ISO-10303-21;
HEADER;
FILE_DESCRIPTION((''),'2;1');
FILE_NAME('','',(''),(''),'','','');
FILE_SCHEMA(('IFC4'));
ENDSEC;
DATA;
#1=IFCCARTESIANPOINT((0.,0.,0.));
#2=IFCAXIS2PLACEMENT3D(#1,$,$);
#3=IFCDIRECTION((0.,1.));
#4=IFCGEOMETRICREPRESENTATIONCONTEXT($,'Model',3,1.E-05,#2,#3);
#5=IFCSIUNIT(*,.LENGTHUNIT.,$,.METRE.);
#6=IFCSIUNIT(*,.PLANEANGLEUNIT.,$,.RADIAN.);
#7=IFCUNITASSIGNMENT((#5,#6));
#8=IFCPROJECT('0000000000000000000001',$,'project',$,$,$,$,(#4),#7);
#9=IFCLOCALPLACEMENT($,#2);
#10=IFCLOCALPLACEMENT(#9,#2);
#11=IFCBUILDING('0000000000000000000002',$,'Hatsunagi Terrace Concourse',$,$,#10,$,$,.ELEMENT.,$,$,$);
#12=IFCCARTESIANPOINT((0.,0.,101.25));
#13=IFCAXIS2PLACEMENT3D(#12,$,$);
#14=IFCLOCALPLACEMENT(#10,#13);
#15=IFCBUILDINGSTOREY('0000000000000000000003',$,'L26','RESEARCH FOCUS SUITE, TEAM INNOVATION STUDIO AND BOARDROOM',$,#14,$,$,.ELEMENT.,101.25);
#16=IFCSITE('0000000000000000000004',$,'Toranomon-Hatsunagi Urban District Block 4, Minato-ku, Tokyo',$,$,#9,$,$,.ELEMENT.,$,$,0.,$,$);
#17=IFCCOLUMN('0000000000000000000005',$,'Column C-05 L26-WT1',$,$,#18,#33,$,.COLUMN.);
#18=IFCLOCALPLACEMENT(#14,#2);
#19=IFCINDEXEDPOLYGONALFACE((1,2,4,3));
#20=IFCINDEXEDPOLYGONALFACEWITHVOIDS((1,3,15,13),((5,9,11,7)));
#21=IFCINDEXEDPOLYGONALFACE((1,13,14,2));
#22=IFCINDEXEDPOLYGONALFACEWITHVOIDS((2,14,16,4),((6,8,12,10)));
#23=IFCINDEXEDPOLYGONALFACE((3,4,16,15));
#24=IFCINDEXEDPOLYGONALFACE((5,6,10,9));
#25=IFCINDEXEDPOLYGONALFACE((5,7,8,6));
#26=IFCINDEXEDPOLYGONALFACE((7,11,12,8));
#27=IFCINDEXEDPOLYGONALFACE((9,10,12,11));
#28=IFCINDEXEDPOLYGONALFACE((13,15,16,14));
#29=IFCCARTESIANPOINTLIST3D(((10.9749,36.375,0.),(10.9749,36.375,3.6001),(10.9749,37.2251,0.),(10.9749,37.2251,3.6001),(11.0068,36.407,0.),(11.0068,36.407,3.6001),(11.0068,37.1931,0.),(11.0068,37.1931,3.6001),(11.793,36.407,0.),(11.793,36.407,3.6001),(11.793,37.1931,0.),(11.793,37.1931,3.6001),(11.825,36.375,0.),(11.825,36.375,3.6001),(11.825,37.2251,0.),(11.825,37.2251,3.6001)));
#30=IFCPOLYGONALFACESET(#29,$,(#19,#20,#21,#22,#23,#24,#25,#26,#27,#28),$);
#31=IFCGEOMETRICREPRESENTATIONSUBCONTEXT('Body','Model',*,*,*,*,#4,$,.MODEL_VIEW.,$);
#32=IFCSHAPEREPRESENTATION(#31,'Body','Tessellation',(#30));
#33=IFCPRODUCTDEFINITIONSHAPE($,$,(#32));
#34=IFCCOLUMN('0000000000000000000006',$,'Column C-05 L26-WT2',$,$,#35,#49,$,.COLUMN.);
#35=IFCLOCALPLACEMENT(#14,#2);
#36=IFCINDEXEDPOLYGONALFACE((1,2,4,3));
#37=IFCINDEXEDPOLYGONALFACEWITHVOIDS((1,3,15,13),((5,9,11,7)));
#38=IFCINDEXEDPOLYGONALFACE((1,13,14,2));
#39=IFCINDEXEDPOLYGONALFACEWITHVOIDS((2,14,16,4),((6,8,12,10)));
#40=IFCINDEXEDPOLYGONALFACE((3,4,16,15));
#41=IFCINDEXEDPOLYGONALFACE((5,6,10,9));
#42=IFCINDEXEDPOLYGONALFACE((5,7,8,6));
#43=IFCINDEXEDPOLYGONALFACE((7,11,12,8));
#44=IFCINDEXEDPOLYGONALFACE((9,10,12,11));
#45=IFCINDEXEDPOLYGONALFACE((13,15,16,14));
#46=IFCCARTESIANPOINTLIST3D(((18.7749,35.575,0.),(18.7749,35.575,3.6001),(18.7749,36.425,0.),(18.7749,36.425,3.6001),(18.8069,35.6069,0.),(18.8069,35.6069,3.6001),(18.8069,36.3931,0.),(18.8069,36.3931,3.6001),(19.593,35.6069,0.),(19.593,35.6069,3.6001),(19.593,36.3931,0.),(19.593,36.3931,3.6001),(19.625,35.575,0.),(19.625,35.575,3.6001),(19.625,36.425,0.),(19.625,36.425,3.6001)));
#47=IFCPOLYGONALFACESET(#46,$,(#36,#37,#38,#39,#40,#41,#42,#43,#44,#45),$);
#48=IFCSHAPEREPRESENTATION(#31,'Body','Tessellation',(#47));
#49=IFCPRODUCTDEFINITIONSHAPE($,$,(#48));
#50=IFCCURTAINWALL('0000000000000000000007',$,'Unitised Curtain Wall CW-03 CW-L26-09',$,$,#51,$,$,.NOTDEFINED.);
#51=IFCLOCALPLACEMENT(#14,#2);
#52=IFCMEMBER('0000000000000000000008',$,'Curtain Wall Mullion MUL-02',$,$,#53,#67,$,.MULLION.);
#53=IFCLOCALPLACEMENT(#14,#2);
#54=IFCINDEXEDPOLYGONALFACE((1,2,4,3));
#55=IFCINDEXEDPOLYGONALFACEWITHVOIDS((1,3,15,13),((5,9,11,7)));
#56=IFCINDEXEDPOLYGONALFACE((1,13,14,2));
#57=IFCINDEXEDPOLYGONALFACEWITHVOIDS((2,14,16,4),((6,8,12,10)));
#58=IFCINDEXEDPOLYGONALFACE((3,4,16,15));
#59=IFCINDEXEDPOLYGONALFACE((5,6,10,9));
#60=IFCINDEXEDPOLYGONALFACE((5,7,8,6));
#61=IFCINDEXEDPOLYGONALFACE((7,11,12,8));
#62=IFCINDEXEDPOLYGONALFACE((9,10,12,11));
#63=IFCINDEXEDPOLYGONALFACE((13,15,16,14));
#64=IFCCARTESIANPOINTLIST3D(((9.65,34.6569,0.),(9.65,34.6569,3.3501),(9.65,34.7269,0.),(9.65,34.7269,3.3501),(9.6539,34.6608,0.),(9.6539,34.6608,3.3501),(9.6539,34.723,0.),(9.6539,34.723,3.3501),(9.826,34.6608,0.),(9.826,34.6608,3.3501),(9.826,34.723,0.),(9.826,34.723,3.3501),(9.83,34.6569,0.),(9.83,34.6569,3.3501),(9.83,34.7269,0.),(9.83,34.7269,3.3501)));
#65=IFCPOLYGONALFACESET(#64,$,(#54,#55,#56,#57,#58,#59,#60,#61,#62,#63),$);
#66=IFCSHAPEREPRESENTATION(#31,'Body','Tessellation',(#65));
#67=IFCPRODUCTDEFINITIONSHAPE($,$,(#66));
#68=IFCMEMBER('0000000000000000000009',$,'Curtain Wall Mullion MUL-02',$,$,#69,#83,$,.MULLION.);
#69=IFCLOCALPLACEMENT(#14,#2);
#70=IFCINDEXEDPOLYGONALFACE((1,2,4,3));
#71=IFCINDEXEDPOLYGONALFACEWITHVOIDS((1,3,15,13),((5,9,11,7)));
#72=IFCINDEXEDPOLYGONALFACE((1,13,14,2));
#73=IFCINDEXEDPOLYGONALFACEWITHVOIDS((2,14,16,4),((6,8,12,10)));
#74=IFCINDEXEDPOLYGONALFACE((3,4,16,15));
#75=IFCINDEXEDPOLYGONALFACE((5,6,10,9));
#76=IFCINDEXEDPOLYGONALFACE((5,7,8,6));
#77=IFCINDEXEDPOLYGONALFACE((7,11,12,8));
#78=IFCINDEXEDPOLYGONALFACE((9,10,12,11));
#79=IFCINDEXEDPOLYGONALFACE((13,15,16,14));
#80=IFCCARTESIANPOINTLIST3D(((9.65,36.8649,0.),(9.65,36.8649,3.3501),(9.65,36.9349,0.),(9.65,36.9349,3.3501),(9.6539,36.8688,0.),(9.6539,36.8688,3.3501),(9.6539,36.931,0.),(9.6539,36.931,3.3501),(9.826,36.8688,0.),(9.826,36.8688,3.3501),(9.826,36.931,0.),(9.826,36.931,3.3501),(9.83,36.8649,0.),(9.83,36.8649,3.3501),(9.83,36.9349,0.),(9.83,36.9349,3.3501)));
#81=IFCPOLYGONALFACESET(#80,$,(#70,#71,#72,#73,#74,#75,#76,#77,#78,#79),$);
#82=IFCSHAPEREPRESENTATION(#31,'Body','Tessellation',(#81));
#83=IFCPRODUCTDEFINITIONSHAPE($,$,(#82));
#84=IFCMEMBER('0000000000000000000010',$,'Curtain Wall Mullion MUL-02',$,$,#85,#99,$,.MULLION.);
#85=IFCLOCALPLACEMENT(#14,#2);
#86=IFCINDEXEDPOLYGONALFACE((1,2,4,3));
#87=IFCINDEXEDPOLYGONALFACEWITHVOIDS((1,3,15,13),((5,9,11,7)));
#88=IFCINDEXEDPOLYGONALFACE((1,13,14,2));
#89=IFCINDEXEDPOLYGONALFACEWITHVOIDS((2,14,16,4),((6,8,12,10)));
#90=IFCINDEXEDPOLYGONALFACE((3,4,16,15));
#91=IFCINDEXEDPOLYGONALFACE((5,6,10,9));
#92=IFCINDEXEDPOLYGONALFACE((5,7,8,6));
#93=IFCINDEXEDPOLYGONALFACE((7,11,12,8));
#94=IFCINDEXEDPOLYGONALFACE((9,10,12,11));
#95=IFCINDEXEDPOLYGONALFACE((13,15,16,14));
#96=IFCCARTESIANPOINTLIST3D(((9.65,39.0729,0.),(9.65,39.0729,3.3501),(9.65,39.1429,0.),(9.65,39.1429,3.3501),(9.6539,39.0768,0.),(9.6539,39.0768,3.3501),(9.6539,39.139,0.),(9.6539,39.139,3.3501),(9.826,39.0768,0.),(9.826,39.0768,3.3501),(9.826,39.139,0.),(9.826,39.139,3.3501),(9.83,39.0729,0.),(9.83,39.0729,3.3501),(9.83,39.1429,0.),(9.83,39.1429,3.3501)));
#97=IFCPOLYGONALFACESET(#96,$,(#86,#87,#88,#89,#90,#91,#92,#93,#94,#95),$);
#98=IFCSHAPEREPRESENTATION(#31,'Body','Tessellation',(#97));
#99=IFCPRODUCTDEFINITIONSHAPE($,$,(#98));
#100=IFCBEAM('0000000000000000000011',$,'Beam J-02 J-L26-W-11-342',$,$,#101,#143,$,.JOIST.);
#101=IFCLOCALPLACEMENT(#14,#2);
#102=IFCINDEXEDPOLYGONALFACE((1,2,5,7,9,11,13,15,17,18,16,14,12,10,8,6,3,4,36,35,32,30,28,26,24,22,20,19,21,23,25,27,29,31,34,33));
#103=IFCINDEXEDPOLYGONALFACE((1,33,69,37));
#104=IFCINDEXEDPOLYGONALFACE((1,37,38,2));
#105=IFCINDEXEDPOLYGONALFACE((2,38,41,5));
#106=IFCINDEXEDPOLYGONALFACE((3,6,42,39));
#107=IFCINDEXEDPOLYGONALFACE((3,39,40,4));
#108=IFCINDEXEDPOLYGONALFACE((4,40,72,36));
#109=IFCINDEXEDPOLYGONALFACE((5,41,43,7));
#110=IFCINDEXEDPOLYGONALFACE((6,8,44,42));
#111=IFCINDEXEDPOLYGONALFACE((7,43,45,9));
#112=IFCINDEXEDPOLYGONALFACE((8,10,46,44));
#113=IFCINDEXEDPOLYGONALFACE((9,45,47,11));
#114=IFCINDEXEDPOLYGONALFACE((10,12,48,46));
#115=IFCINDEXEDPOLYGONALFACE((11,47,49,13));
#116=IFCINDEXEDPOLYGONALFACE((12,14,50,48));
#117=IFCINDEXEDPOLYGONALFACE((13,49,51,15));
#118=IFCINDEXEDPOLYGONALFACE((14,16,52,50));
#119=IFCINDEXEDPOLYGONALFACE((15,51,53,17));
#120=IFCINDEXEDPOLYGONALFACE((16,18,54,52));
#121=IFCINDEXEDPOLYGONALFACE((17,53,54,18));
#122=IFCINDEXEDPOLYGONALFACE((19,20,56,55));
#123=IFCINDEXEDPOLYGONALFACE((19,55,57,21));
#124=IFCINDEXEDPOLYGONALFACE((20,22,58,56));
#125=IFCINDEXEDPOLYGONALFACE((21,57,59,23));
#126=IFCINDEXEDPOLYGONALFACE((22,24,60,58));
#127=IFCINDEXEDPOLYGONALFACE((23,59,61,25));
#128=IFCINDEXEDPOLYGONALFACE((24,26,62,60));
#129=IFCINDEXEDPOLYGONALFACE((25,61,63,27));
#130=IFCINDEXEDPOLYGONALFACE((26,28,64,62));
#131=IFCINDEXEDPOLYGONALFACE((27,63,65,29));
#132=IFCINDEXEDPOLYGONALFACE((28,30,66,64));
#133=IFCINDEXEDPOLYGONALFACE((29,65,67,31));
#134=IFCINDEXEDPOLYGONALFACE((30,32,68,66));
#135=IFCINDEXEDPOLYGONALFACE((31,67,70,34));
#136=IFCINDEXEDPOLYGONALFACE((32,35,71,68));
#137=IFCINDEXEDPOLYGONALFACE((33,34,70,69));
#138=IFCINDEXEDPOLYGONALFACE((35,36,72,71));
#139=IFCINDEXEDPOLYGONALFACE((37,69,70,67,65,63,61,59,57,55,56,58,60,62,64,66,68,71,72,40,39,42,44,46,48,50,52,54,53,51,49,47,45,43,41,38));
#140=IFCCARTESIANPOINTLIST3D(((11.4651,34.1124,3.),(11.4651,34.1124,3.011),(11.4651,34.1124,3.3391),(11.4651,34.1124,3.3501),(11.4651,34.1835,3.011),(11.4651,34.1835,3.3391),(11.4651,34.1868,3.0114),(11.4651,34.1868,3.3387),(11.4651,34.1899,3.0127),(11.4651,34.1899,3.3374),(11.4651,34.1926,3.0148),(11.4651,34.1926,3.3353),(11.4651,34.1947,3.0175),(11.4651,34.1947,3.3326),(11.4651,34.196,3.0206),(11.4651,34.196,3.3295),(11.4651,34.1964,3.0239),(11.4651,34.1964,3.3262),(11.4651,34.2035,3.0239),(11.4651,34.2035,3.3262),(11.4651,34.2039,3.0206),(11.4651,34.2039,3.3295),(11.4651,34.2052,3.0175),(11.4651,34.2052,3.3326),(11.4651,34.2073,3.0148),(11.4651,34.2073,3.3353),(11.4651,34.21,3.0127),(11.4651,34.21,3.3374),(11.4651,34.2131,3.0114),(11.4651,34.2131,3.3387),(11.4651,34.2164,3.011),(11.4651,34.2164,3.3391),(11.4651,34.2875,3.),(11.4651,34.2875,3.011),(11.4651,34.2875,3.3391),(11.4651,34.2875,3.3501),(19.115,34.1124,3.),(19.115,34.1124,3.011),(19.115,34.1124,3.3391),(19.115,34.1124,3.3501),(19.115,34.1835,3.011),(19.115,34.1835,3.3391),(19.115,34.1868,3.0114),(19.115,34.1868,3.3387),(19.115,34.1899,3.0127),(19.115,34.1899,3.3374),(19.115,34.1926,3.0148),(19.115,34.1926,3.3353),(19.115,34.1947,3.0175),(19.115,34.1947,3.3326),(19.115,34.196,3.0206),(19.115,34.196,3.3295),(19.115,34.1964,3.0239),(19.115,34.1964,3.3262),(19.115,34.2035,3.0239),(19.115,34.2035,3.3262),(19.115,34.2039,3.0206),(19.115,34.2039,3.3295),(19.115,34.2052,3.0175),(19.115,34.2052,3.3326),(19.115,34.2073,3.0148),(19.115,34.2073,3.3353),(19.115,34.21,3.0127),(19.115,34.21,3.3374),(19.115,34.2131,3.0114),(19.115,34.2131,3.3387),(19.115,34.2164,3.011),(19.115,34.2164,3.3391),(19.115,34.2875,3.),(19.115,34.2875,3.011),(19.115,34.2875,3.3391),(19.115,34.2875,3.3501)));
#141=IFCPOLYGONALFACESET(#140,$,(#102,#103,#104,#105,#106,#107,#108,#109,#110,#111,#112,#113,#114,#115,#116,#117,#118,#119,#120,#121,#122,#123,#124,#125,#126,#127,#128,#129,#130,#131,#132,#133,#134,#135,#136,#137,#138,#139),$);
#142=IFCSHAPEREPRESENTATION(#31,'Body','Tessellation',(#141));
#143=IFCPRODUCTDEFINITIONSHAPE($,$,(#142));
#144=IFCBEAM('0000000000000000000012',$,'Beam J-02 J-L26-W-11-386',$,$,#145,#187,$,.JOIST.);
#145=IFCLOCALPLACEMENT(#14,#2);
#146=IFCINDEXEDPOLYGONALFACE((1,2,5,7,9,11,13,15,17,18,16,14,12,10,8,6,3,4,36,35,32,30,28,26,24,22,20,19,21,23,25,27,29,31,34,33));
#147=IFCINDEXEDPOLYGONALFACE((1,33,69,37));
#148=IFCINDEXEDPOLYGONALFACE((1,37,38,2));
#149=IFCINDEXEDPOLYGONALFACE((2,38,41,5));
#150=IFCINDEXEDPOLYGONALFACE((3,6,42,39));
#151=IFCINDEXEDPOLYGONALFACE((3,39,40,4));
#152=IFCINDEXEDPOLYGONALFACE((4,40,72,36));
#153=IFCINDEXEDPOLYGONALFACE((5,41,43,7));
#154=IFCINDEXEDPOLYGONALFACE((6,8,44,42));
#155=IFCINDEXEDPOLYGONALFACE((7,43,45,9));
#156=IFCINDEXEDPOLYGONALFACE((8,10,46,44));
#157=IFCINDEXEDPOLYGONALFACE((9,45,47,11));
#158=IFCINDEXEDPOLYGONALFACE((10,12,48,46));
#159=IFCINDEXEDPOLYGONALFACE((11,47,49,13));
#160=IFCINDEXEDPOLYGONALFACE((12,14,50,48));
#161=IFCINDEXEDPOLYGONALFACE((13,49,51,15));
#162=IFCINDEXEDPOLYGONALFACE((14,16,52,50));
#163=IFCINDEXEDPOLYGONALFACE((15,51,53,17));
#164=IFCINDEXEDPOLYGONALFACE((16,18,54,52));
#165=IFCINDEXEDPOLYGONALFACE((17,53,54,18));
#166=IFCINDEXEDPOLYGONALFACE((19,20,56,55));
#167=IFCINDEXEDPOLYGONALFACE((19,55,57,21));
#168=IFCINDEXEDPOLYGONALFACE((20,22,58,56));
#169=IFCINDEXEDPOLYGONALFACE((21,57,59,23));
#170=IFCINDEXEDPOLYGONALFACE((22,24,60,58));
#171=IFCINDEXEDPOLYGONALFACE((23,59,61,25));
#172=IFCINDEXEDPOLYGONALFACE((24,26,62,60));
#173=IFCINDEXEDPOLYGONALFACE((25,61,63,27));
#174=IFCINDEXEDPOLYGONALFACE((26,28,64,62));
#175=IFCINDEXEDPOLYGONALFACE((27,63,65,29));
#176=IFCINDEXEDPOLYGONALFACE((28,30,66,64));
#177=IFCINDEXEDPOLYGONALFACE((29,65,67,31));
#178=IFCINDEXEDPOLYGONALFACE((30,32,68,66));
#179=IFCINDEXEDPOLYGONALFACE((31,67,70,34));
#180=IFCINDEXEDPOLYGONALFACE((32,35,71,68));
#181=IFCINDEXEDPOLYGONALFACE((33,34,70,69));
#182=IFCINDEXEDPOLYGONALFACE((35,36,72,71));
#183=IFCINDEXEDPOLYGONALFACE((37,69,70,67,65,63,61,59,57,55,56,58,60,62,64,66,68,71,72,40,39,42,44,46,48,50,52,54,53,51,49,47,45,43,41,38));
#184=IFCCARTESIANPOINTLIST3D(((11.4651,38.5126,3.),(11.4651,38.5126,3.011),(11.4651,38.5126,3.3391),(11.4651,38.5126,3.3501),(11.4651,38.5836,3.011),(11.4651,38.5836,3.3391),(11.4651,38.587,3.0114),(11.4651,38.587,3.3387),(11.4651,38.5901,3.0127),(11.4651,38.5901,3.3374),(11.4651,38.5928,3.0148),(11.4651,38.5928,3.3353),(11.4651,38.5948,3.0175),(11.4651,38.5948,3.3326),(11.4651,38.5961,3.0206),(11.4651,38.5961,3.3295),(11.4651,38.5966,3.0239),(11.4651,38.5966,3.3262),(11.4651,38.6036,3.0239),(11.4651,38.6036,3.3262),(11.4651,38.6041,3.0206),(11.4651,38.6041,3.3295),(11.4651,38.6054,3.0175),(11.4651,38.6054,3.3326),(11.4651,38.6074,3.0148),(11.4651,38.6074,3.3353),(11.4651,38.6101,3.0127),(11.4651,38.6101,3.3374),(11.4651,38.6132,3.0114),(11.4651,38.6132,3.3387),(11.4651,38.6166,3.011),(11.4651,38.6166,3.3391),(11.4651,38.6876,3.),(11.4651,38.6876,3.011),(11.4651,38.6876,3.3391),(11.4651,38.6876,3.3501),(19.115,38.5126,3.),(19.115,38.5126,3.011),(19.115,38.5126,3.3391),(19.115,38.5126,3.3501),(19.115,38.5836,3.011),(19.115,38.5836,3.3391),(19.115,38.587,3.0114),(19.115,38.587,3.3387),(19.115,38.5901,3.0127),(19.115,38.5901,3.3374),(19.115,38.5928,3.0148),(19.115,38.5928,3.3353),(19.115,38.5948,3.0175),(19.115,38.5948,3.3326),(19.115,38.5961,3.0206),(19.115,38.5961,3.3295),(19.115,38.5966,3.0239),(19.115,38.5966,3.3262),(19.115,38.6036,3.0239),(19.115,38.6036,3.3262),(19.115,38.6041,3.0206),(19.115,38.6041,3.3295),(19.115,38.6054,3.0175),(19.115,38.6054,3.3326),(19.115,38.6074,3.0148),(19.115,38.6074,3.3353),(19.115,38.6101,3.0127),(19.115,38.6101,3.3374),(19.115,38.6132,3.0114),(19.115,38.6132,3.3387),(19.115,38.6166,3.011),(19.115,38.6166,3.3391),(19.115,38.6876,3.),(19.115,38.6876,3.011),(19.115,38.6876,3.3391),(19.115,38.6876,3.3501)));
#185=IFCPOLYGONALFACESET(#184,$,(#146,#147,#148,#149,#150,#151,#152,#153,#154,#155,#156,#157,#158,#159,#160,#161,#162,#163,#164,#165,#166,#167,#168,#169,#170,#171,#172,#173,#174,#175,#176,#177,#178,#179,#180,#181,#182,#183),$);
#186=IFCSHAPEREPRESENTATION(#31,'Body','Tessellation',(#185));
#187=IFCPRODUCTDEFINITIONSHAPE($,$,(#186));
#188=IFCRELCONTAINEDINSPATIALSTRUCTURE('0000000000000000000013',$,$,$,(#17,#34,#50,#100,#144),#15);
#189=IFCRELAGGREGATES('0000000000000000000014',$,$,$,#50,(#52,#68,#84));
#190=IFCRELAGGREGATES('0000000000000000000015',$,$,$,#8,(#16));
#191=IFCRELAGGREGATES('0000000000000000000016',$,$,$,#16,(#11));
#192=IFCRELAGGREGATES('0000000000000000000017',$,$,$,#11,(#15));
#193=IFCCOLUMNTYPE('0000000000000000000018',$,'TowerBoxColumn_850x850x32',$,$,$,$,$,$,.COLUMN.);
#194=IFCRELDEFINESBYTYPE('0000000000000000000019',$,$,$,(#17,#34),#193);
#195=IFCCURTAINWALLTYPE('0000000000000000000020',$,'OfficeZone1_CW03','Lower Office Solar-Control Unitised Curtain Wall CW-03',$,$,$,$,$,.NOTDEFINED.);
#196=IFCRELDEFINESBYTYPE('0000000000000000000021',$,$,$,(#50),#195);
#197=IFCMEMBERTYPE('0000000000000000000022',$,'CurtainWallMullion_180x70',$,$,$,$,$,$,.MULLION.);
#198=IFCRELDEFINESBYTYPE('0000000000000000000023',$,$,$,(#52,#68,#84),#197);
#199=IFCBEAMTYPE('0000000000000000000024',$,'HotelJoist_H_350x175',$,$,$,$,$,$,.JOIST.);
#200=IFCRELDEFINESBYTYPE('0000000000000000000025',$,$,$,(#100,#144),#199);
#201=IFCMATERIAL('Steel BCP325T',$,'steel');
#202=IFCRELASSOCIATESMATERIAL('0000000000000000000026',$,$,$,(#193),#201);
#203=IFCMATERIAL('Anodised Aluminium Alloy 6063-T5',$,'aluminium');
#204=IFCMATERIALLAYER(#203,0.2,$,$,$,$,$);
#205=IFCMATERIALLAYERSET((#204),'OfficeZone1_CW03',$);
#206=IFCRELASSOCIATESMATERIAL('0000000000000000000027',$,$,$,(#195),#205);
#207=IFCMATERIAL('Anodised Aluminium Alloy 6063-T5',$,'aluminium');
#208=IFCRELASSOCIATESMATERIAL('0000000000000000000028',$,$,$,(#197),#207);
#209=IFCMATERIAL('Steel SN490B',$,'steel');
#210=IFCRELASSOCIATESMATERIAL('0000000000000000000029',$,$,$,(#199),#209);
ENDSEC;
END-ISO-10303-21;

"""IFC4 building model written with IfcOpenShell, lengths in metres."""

from ifc_helpers import new_model, si_unit, direction, frame, origin, origin_2d, place, context, subcontext, project, spatial, hollow_rectangle, i_section, extrude, material, layer, layer_set, material_profile, profile_set, type_object, element, aggregate, save


model = new_model("IFC4")

# Units and contexts
model_context = context("Model", 3, precision=1e-05, world=origin(), true_north=direction((0.0, 1.0)))
body_context = subcontext(model_context, "Body", "Model", "MODEL_VIEW")
ifc_project = project(units=[si_unit("LENGTHUNIT", "METRE"), si_unit("PLANEANGLEUNIT", "RADIAN")], contexts=[model_context])

# Site, building, storey
site_placement = place(None, origin())
site = spatial("IfcSite", under=ifc_project, at=site_placement, Name="Toranomon-Hatsunagi Urban District Block 4, Minato-ku, Tokyo", CompositionType="ELEMENT", RefElevation=0.0)
building_placement = place(site_placement, origin())
building = spatial("IfcBuilding", under=site, at=building_placement, Name="Hatsunagi Terrace Concourse", CompositionType="ELEMENT")
storey_placement = place(building_placement, frame((0.0, 0.0, 101.25)))
storey = spatial("IfcBuildingStorey", under=building, at=storey_placement, Name="L26", Description="RESEARCH FOCUS SUITE, TEAM INNOVATION STUDIO AND BOARDROOM", CompositionType="ELEMENT", Elevation=101.25)

# Columns
ifc_material_1 = material(Name="Steel BCP325T", Category="steel")
ifc_material_profile_1 = material_profile(ifc_material_1, hollow_rectangle(XDim=0.8501, YDim=0.8501, WallThickness=0.032, at=origin_2d()), Name="BCP-850x850x32")
ifc_profile_set_1 = profile_set([ifc_material_profile_1], Name="Steel BCP325T")
column_type = type_object("IfcColumnType", Name="TowerBoxColumn_850x850x32", PredefinedType="COLUMN", material=ifc_profile_set_1)
for number, where, z_axis, x_axis, name in (
    (1, (11.3999, 36.8, 0.0), (0.0, 0.0, 1.0), (1.0, 0.0, 0.0), "Column C-05 L26-WT1"),
    (2, (19.2, 36.0, 0.0), (0.0, 0.0, 1.0), (1.0, 0.0, 0.0), "Column C-05 L26-WT2"),
):
    element("IfcColumn", number, at=place(storey_placement, frame(where, z_axis=z_axis, x_axis=x_axis)), inside=storey, type_object=column_type, Name=name, PredefinedType="COLUMN", context=body_context, shape_type="SweptSolid", body=[
        extrude(hollow_rectangle(XDim=0.8501, YDim=0.8501, WallThickness=0.032, at=origin_2d()), origin(), (0.0, 0.0, 1.0), 3.6001),
    ])

# Curtain wall, members
ifc_material_2 = material(Name="Anodised Aluminium Alloy 6063-T5", Category="aluminium")
ifc_layer_1 = layer(ifc_material_2, 0.2)
ifc_layer_set_1 = layer_set([ifc_layer_1], Name="OfficeZone1_CW03")
curtain_wall_type = type_object("IfcCurtainWallType", Name="OfficeZone1_CW03", Description="Lower Office Solar-Control Unitised Curtain Wall CW-03", PredefinedType="NOTDEFINED", material=ifc_layer_set_1)
curtain_wall_placement = place(storey_placement, origin())
curtain_wall = element("IfcCurtainWall", 3, at=curtain_wall_placement, inside=storey, type_object=curtain_wall_type, Name="Unitised Curtain Wall CW-03 CW-L26-09", PredefinedType="NOTDEFINED")
ifc_material_3 = material(Name="Anodised Aluminium Alloy 6063-T5", Category="aluminium")
ifc_material_profile_2 = material_profile(ifc_material_3, hollow_rectangle(XDim=0.0701, YDim=0.1799, WallThickness=0.0039, at=origin_2d()), Name="ALU-MUL-180x70x4")
ifc_profile_set_2 = profile_set([ifc_material_profile_2], Name="Anodised Aluminium Alloy 6063-T5")
member_type = type_object("IfcMemberType", Name="CurtainWallMullion_180x70", PredefinedType="MULLION", material=ifc_profile_set_2)
member_1_placement = place(storey_placement, frame((9.74, 34.6919, 0.0), z_axis=(0.0, 0.0, 1.0), x_axis=(0.0, 1.0, 0.0)))
member_1 = element("IfcMember", 4, at=member_1_placement, type_object=member_type, Name="Curtain Wall Mullion MUL-02", PredefinedType="MULLION", context=body_context, shape_type="SweptSolid", body=[
    extrude(hollow_rectangle(XDim=0.0701, YDim=0.1799, WallThickness=0.0039, at=origin_2d()), origin(), (0.0, 0.0, 1.0), 3.3501),
])
member_2_placement = place(storey_placement, frame((9.74, 36.8999, 0.0), z_axis=(0.0, 0.0, 1.0), x_axis=(0.0, 1.0, 0.0)))
member_2 = element("IfcMember", 5, at=member_2_placement, type_object=member_type, Name="Curtain Wall Mullion MUL-02", PredefinedType="MULLION", context=body_context, shape_type="SweptSolid", body=[
    extrude(hollow_rectangle(XDim=0.0701, YDim=0.1799, WallThickness=0.0039, at=origin_2d()), origin(), (0.0, 0.0, 1.0), 3.3501),
])
member_3_placement = place(storey_placement, frame((9.74, 39.1079, 0.0), z_axis=(0.0, 0.0, 1.0), x_axis=(0.0, 1.0, 0.0)))
member_3 = element("IfcMember", 6, at=member_3_placement, type_object=member_type, Name="Curtain Wall Mullion MUL-02", PredefinedType="MULLION", context=body_context, shape_type="SweptSolid", body=[
    extrude(hollow_rectangle(XDim=0.0701, YDim=0.1799, WallThickness=0.0039, at=origin_2d()), origin(), (0.0, 0.0, 1.0), 3.3501),
])

# Beams
ifc_material_4 = material(Name="Steel SN490B", Category="steel")
ifc_material_profile_3 = material_profile(ifc_material_4, i_section(OverallWidth=0.175, OverallDepth=0.3501, WebThickness=0.0071, FlangeThickness=0.011, FilletRadius=0.0129, at=origin_2d()), Name="H-350x175x7x11")
ifc_profile_set_3 = profile_set([ifc_material_profile_3], Name="Steel SN490B")
beam_type_1 = type_object("IfcBeamType", Name="HotelJoist_H_350x175", PredefinedType="JOIST", material=ifc_profile_set_3)
for number, where, z_axis, x_axis, name in (
    (7, (11.4651, 34.2, 3.175), (1.0, 0.0, 0.0), (0.0, 1.0, 0.0), "Beam J-02 J-L26-W-11-342"),
    (8, (11.4651, 38.6001, 3.175), (1.0, 0.0, 0.0), (0.0, 1.0, 0.0), "Beam J-02 J-L26-W-11-386"),
):
    element("IfcBeam", number, at=place(storey_placement, frame(where, z_axis=z_axis, x_axis=x_axis)), inside=storey, type_object=beam_type_1, Name=name, PredefinedType="JOIST", context=body_context, shape_type="SweptSolid", body=[
        extrude(i_section(OverallWidth=0.175, OverallDepth=0.3501, WebThickness=0.0071, FlangeThickness=0.011, FilletRadius=0.0129, at=origin_2d()), origin(), (0.0, 0.0, 1.0), 7.6499),
    ])

aggregate(curtain_wall, [member_1, member_2, member_3])

save(model, "model.ifc")
